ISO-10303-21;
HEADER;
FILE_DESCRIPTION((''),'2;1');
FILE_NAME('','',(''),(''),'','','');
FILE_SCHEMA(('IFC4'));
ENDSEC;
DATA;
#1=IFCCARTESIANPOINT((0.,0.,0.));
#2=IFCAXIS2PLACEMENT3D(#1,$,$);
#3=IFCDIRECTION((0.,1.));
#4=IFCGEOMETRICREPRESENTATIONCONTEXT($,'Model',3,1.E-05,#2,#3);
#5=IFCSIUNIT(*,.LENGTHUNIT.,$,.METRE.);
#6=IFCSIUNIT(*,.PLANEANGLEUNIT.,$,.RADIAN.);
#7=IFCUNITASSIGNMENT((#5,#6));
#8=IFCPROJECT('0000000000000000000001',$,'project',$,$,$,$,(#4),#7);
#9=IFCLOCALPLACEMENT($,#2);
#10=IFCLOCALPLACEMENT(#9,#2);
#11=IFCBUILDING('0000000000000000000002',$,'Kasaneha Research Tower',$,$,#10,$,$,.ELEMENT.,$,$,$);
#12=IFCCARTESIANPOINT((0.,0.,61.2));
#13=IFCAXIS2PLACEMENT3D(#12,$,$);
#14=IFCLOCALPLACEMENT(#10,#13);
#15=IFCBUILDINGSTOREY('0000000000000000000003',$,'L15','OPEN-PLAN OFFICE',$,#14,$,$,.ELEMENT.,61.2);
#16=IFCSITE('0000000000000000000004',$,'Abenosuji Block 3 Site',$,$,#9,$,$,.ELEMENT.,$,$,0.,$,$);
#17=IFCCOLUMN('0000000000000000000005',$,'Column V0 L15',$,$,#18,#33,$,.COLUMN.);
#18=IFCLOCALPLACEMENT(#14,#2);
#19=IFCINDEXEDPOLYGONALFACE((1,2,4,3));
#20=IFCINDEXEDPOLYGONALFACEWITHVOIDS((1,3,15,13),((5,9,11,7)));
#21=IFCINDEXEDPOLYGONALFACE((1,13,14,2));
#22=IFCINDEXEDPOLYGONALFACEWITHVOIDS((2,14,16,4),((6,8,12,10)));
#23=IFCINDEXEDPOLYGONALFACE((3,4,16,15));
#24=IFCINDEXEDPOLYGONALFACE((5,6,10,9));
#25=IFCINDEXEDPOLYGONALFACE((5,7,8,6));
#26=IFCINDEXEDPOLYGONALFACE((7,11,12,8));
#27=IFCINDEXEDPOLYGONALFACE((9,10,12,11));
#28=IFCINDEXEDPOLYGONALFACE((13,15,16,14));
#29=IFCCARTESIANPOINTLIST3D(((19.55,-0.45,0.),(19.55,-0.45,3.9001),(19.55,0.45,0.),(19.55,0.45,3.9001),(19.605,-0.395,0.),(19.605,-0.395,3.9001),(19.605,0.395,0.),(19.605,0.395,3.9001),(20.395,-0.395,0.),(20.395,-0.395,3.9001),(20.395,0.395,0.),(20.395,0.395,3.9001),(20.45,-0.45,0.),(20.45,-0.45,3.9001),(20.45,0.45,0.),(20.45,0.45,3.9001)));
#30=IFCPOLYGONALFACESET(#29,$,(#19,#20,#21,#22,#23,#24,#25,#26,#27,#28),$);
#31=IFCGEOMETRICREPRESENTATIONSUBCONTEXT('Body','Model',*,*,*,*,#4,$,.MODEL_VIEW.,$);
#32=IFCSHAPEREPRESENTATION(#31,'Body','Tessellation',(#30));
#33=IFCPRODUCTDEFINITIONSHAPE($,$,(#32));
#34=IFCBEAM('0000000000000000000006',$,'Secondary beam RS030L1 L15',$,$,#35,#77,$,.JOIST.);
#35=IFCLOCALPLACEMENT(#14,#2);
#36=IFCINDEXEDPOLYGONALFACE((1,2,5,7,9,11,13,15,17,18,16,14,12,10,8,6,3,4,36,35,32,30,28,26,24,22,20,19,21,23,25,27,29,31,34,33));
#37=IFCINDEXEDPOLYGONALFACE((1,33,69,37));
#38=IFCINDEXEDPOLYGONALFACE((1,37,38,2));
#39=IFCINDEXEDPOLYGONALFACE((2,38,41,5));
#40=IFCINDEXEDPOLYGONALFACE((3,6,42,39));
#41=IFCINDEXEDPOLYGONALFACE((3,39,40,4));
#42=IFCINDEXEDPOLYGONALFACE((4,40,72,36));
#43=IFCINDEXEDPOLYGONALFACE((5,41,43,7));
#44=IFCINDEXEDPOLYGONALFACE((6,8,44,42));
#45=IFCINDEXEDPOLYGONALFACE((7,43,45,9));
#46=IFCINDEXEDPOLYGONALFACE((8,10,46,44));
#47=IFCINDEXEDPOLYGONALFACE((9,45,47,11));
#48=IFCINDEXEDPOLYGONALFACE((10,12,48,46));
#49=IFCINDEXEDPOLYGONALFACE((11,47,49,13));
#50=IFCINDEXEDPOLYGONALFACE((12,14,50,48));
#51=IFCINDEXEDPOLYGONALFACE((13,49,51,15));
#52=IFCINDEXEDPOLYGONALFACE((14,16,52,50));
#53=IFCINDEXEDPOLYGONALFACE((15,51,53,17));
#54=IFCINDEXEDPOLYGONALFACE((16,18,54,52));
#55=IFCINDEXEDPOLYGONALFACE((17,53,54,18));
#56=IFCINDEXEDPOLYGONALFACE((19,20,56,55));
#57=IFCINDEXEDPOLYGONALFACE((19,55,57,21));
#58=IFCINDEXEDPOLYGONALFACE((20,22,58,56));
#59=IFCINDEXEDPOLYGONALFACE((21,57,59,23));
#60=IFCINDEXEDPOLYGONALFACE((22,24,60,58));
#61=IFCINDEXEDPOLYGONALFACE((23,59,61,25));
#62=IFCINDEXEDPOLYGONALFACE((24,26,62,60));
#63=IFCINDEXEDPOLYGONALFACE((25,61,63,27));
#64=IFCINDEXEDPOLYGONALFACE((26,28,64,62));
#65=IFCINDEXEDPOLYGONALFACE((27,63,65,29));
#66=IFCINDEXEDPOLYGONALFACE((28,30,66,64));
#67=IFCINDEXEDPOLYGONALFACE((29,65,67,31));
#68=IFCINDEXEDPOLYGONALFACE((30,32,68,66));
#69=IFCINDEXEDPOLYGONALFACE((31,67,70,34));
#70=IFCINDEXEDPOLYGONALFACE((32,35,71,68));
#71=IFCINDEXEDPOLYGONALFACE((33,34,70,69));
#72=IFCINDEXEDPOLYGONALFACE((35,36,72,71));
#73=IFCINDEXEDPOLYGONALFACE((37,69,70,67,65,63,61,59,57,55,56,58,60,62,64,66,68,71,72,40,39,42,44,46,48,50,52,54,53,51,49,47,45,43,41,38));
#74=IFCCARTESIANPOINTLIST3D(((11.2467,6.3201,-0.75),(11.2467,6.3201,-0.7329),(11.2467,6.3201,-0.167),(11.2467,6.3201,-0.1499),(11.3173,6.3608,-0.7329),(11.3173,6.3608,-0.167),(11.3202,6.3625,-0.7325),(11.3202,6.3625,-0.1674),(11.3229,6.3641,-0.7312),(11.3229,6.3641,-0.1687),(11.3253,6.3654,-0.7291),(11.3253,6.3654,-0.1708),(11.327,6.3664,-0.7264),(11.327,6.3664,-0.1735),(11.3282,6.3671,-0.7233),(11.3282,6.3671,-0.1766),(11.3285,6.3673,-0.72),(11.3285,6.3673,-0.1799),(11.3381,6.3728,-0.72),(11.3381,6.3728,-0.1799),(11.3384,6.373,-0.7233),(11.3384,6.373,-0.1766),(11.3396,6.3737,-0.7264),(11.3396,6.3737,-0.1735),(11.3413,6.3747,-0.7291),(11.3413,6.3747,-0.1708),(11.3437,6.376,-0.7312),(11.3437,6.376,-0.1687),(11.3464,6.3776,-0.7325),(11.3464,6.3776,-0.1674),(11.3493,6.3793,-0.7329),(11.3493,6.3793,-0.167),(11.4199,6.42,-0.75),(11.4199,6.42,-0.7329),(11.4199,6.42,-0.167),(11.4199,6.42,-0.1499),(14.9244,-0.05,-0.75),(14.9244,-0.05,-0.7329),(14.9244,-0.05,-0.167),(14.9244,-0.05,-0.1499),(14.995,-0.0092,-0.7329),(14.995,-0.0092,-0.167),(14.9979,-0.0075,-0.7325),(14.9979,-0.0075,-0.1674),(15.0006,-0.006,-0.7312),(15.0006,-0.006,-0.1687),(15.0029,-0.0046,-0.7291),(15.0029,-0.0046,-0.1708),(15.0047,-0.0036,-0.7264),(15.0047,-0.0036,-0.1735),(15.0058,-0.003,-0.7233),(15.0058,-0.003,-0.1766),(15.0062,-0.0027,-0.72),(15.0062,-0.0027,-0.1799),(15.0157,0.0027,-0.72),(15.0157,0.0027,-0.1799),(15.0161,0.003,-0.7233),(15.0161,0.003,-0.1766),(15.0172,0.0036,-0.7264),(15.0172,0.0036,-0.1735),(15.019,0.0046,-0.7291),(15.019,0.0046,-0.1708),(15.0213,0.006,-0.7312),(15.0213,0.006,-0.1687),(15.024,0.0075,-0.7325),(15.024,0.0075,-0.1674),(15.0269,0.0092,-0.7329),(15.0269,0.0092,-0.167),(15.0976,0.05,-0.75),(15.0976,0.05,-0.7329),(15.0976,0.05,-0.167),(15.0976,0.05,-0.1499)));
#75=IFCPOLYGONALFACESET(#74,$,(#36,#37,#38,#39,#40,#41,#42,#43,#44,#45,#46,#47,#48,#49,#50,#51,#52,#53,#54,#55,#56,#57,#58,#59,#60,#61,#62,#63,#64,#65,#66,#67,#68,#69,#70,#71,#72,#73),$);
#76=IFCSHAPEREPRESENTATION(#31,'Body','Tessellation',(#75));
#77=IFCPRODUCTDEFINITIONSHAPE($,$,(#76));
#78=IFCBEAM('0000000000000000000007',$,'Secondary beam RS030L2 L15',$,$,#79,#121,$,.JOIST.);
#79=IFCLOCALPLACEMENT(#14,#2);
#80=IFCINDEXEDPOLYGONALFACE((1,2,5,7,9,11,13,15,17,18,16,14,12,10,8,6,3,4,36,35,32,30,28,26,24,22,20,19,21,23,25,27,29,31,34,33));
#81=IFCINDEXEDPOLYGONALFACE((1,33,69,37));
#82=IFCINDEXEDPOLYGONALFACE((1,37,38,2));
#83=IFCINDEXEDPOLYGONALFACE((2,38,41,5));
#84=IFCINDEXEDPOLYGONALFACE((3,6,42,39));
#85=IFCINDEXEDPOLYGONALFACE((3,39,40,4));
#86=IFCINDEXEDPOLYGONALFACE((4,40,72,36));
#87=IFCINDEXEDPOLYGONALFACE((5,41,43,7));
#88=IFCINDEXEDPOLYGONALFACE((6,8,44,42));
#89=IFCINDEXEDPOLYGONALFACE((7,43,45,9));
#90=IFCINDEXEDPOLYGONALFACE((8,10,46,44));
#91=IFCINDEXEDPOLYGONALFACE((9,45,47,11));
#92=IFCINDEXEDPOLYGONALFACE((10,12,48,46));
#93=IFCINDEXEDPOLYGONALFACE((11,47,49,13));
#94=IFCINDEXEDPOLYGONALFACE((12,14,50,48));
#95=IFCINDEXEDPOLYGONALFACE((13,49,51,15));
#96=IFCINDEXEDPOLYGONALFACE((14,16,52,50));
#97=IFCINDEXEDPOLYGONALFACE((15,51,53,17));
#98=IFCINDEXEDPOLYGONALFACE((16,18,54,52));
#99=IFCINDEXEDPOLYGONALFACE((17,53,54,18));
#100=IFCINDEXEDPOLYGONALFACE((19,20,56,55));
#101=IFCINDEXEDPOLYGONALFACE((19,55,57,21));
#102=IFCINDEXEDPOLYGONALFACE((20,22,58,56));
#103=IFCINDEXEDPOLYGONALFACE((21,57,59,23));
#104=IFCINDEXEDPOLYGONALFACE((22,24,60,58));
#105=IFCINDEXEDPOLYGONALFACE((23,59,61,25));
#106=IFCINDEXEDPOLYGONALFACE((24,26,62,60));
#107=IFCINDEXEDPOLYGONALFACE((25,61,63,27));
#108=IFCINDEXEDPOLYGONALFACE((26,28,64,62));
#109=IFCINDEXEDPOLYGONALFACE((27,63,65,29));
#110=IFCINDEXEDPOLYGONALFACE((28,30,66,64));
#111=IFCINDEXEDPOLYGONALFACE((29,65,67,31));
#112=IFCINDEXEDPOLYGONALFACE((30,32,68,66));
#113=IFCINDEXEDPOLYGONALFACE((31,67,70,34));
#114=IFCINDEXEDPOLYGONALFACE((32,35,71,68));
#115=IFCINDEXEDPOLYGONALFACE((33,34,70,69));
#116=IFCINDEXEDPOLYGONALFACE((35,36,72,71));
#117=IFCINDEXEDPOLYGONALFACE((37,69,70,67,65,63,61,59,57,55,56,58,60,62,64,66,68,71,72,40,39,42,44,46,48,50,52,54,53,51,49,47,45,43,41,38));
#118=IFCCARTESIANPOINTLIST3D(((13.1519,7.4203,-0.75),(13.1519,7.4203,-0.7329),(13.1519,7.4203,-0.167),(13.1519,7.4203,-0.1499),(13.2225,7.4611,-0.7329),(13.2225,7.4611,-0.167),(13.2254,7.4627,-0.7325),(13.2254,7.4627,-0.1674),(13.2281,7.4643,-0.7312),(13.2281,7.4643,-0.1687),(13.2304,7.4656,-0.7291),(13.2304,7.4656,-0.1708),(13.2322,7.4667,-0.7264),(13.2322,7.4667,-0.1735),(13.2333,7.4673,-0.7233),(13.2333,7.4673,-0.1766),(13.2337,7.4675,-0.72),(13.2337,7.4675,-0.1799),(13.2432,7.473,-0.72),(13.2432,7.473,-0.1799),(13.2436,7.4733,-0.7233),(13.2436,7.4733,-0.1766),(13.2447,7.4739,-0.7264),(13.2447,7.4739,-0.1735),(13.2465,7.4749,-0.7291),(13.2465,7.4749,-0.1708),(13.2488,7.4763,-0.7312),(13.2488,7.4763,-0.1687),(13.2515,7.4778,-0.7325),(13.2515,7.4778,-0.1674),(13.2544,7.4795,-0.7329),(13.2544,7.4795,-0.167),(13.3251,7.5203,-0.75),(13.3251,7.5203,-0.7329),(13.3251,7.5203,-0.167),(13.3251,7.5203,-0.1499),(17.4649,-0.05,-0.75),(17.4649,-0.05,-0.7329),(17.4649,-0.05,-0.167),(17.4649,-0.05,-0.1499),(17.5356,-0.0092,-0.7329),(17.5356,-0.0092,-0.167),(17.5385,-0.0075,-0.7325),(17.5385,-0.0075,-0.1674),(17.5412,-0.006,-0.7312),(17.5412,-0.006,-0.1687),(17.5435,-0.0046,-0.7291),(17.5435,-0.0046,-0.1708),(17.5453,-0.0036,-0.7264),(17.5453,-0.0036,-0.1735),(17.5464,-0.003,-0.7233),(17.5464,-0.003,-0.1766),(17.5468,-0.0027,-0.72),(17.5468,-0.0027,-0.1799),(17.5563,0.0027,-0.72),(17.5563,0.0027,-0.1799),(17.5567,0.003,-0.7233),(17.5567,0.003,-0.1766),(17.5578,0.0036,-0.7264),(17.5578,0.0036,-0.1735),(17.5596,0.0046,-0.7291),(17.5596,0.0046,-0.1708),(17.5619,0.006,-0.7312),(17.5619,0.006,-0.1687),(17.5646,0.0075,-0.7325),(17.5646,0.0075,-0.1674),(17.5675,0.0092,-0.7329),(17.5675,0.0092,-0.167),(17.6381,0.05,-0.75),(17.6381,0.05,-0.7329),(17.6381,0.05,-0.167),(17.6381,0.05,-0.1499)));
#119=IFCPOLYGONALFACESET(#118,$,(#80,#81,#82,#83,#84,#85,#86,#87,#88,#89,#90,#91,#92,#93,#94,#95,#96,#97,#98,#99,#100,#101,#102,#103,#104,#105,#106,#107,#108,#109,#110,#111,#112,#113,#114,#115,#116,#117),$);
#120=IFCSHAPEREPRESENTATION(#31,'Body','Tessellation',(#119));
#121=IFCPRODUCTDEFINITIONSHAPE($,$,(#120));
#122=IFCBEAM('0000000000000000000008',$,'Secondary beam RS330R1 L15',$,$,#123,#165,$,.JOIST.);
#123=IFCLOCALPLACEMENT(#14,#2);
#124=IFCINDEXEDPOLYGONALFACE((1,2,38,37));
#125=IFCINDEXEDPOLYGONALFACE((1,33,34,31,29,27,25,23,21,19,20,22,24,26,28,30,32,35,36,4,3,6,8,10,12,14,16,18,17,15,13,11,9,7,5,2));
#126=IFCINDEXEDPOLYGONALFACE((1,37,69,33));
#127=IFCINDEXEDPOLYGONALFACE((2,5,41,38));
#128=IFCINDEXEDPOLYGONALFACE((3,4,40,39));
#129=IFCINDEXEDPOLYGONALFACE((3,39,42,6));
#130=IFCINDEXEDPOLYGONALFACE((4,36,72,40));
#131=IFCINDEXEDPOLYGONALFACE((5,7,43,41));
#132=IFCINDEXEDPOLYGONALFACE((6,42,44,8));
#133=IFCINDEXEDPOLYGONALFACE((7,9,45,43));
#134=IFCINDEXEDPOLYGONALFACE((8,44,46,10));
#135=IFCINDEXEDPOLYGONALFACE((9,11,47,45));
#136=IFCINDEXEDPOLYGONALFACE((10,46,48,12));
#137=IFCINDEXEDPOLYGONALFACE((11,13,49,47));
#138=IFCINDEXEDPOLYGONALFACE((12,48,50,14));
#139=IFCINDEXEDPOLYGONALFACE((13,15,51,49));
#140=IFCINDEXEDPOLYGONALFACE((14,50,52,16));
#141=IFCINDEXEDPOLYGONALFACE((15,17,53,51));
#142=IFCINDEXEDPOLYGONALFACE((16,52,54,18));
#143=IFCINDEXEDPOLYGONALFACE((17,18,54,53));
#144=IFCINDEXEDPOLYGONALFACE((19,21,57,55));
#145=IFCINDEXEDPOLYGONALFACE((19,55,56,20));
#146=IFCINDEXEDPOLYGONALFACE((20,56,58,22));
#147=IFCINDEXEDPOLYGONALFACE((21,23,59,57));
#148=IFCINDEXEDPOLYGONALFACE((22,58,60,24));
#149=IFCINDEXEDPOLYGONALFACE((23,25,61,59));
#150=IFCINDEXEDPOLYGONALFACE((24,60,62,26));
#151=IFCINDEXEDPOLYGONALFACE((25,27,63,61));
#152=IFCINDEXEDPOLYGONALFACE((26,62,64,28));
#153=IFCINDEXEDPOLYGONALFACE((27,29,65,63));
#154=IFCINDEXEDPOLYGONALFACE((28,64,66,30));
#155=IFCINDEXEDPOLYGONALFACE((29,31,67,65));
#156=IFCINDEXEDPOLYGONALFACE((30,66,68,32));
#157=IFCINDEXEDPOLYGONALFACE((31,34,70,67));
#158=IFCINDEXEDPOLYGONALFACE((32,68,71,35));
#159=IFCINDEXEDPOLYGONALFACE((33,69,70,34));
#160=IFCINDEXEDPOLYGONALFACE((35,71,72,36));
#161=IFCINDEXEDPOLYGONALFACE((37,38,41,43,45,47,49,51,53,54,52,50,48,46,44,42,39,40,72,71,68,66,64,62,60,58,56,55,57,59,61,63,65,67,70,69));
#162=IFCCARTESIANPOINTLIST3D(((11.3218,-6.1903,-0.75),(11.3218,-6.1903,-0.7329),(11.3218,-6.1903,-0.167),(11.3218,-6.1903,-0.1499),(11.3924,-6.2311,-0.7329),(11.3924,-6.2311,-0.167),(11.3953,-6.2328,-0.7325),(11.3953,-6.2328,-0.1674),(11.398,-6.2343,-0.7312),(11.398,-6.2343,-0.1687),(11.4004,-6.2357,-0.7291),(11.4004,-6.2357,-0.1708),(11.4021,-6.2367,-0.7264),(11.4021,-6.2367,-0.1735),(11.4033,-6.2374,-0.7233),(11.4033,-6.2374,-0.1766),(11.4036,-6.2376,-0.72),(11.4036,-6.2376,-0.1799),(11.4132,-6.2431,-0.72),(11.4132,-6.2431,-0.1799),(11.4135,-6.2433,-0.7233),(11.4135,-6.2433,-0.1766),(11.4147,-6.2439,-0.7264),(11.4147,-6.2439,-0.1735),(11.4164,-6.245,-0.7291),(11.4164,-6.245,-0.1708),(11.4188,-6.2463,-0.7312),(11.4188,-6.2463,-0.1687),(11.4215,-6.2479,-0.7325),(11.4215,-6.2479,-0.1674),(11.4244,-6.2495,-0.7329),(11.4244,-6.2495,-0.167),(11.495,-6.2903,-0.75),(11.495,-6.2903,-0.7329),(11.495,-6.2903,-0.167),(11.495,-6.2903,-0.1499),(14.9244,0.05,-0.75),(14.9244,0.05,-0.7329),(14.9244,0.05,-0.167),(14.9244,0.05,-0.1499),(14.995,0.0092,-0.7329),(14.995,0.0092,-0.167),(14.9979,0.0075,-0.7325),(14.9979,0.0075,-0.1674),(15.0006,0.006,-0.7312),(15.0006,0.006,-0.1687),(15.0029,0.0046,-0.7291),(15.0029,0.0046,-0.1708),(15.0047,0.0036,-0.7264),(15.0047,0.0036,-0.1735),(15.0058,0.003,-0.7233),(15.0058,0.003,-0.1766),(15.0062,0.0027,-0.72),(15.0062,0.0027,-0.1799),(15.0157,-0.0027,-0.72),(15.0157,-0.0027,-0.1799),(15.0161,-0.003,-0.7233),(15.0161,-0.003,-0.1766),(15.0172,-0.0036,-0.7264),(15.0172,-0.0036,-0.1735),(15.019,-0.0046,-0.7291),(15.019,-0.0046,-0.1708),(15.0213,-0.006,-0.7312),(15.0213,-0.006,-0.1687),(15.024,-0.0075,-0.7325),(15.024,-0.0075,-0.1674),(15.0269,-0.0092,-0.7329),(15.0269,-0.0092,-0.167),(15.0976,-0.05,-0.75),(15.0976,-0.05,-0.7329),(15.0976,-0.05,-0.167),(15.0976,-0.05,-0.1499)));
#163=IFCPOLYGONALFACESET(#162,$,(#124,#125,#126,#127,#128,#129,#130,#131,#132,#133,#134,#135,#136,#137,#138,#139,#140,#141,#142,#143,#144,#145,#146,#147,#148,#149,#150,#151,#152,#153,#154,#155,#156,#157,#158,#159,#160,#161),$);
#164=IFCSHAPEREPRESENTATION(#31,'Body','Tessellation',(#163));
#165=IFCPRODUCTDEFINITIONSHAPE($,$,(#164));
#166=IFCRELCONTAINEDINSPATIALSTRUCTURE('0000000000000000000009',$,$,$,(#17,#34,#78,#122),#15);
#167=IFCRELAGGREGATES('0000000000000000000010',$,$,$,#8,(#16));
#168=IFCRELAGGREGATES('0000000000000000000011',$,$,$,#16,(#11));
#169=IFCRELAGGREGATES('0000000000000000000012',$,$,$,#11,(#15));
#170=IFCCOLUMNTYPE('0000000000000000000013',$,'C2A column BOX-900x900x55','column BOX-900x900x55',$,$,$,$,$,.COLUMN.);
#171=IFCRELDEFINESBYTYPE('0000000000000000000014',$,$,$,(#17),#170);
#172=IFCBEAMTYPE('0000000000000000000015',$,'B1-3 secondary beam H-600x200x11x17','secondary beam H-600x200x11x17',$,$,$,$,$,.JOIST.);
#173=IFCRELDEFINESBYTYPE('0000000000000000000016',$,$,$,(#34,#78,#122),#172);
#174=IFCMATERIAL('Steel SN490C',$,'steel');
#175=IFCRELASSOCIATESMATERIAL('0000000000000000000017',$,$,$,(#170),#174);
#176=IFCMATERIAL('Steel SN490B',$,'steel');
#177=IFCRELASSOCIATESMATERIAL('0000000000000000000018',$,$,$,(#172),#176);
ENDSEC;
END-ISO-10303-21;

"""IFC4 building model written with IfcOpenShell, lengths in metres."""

from ifc_helpers import new_model, si_unit, direction, frame, origin, origin_2d, place, context, subcontext, project, spatial, hollow_rectangle, i_section, extrude, material, material_profile, profile_set, type_object, element, save


model = new_model("IFC4")

# Units and contexts
model_context = context("Model", 3, precision=1e-05, world=origin(), true_north=direction((0.0, 1.0)))
body_context = subcontext(model_context, "Body", "Model", "MODEL_VIEW")
ifc_project = project(units=[si_unit("LENGTHUNIT", "METRE"), si_unit("PLANEANGLEUNIT", "RADIAN")], contexts=[model_context])

# Site, building, storey
site_placement = place(None, origin())
site = spatial("IfcSite", under=ifc_project, at=site_placement, Name="Abenosuji Block 3 Site", CompositionType="ELEMENT", RefElevation=0.0)
building_placement = place(site_placement, origin())
building = spatial("IfcBuilding", under=site, at=building_placement, Name="Kasaneha Research Tower", CompositionType="ELEMENT")
storey_placement = place(building_placement, frame((0.0, 0.0, 61.2)))
storey = spatial("IfcBuildingStorey", under=building, at=storey_placement, Name="L15", Description="OPEN-PLAN OFFICE", CompositionType="ELEMENT", Elevation=61.2)

# Column
ifc_material_1 = material(Name="Steel SN490C", Category="steel")
ifc_material_profile_1 = material_profile(ifc_material_1, hollow_rectangle(XDim=0.8999, YDim=0.8999, WallThickness=0.0549, at=origin_2d()), Name="BOX-900x900x55")
ifc_profile_set_1 = profile_set([ifc_material_profile_1], Name="Steel SN490C")
column_type = type_object("IfcColumnType", Name="C2A column BOX-900x900x55", Description="column BOX-900x900x55", PredefinedType="COLUMN", material=ifc_profile_set_1)
column_placement = place(storey_placement, frame((20.0, 0.0, 0.0), z_axis=(0.0, 0.0, 1.0), x_axis=(1.0, 0.0, 0.0)))
element("IfcColumn", 1, at=column_placement, inside=storey, type_object=column_type, Name="Column V0 L15", PredefinedType="COLUMN", context=body_context, shape_type="SweptSolid", body=[
    extrude(hollow_rectangle(XDim=0.8999, YDim=0.8999, WallThickness=0.0549, at=origin_2d()), origin(), (0.0, 0.0, 1.0), 3.9001),
])

# Beams
ifc_material_2 = material(Name="Steel SN490B", Category="steel")
ifc_material_profile_2 = material_profile(ifc_material_2, i_section(OverallWidth=0.2, OverallDepth=0.6001, WebThickness=0.011, FlangeThickness=0.0171, FilletRadius=0.0129, at=origin_2d()), Name="H-600x200x11x17")
ifc_profile_set_2 = profile_set([ifc_material_profile_2], Name="Steel SN490B")
beam_type_1 = type_object("IfcBeamType", Name="B1-3 secondary beam H-600x200x11x17", Description="secondary beam H-600x200x11x17", PredefinedType="JOIST", material=ifc_profile_set_2)
beam_1_placement = place(storey_placement, frame((15.011, 0.0, -0.45), z_axis=(-0.499994, 0.866029, 0.0), x_axis=(-0.866029, -0.499994, 0.0)))
element("IfcBeam", 2, at=beam_1_placement, inside=storey, type_object=beam_type_1, Name="Secondary beam RS030L1 L15", PredefinedType="JOIST", context=body_context, shape_type="SweptSolid", body=[
    extrude(i_section(OverallWidth=0.2, OverallDepth=0.6001, WebThickness=0.011, FlangeThickness=0.0171, FilletRadius=0.0129, at=origin_2d()), origin(), (0.0, 0.0, 1.0), 7.3555),
])
beam_2_placement = place(storey_placement, frame((17.5515, 0.0, -0.45), z_axis=(-0.500005, 0.866023, 0.0), x_axis=(-0.866023, -0.500005, 0.0)))
element("IfcBeam", 3, at=beam_2_placement, inside=storey, type_object=beam_type_1, Name="Secondary beam RS030L2 L15", PredefinedType="JOIST", context=body_context, shape_type="SweptSolid", body=[
    extrude(i_section(OverallWidth=0.2, OverallDepth=0.6001, WebThickness=0.011, FlangeThickness=0.0171, FilletRadius=0.0129, at=origin_2d()), origin(), (0.0, 0.0, 1.0), 8.626),
])
beam_3_placement = place(storey_placement, frame((15.011, 0.0, -0.45), z_axis=(-0.499973, -0.866041, 0.0), x_axis=(0.866041, -0.499973, 0.0)))
element("IfcBeam", 4, at=beam_3_placement, inside=storey, type_object=beam_type_1, Name="Secondary beam RS330R1 L15", PredefinedType="JOIST", context=body_context, shape_type="SweptSolid", body=[
    extrude(i_section(OverallWidth=0.2, OverallDepth=0.6001, WebThickness=0.011, FlangeThickness=0.0171, FilletRadius=0.0129, at=origin_2d()), origin(), (0.0, 0.0, 1.0), 7.2056),
])

save(model, "model.ifc")
